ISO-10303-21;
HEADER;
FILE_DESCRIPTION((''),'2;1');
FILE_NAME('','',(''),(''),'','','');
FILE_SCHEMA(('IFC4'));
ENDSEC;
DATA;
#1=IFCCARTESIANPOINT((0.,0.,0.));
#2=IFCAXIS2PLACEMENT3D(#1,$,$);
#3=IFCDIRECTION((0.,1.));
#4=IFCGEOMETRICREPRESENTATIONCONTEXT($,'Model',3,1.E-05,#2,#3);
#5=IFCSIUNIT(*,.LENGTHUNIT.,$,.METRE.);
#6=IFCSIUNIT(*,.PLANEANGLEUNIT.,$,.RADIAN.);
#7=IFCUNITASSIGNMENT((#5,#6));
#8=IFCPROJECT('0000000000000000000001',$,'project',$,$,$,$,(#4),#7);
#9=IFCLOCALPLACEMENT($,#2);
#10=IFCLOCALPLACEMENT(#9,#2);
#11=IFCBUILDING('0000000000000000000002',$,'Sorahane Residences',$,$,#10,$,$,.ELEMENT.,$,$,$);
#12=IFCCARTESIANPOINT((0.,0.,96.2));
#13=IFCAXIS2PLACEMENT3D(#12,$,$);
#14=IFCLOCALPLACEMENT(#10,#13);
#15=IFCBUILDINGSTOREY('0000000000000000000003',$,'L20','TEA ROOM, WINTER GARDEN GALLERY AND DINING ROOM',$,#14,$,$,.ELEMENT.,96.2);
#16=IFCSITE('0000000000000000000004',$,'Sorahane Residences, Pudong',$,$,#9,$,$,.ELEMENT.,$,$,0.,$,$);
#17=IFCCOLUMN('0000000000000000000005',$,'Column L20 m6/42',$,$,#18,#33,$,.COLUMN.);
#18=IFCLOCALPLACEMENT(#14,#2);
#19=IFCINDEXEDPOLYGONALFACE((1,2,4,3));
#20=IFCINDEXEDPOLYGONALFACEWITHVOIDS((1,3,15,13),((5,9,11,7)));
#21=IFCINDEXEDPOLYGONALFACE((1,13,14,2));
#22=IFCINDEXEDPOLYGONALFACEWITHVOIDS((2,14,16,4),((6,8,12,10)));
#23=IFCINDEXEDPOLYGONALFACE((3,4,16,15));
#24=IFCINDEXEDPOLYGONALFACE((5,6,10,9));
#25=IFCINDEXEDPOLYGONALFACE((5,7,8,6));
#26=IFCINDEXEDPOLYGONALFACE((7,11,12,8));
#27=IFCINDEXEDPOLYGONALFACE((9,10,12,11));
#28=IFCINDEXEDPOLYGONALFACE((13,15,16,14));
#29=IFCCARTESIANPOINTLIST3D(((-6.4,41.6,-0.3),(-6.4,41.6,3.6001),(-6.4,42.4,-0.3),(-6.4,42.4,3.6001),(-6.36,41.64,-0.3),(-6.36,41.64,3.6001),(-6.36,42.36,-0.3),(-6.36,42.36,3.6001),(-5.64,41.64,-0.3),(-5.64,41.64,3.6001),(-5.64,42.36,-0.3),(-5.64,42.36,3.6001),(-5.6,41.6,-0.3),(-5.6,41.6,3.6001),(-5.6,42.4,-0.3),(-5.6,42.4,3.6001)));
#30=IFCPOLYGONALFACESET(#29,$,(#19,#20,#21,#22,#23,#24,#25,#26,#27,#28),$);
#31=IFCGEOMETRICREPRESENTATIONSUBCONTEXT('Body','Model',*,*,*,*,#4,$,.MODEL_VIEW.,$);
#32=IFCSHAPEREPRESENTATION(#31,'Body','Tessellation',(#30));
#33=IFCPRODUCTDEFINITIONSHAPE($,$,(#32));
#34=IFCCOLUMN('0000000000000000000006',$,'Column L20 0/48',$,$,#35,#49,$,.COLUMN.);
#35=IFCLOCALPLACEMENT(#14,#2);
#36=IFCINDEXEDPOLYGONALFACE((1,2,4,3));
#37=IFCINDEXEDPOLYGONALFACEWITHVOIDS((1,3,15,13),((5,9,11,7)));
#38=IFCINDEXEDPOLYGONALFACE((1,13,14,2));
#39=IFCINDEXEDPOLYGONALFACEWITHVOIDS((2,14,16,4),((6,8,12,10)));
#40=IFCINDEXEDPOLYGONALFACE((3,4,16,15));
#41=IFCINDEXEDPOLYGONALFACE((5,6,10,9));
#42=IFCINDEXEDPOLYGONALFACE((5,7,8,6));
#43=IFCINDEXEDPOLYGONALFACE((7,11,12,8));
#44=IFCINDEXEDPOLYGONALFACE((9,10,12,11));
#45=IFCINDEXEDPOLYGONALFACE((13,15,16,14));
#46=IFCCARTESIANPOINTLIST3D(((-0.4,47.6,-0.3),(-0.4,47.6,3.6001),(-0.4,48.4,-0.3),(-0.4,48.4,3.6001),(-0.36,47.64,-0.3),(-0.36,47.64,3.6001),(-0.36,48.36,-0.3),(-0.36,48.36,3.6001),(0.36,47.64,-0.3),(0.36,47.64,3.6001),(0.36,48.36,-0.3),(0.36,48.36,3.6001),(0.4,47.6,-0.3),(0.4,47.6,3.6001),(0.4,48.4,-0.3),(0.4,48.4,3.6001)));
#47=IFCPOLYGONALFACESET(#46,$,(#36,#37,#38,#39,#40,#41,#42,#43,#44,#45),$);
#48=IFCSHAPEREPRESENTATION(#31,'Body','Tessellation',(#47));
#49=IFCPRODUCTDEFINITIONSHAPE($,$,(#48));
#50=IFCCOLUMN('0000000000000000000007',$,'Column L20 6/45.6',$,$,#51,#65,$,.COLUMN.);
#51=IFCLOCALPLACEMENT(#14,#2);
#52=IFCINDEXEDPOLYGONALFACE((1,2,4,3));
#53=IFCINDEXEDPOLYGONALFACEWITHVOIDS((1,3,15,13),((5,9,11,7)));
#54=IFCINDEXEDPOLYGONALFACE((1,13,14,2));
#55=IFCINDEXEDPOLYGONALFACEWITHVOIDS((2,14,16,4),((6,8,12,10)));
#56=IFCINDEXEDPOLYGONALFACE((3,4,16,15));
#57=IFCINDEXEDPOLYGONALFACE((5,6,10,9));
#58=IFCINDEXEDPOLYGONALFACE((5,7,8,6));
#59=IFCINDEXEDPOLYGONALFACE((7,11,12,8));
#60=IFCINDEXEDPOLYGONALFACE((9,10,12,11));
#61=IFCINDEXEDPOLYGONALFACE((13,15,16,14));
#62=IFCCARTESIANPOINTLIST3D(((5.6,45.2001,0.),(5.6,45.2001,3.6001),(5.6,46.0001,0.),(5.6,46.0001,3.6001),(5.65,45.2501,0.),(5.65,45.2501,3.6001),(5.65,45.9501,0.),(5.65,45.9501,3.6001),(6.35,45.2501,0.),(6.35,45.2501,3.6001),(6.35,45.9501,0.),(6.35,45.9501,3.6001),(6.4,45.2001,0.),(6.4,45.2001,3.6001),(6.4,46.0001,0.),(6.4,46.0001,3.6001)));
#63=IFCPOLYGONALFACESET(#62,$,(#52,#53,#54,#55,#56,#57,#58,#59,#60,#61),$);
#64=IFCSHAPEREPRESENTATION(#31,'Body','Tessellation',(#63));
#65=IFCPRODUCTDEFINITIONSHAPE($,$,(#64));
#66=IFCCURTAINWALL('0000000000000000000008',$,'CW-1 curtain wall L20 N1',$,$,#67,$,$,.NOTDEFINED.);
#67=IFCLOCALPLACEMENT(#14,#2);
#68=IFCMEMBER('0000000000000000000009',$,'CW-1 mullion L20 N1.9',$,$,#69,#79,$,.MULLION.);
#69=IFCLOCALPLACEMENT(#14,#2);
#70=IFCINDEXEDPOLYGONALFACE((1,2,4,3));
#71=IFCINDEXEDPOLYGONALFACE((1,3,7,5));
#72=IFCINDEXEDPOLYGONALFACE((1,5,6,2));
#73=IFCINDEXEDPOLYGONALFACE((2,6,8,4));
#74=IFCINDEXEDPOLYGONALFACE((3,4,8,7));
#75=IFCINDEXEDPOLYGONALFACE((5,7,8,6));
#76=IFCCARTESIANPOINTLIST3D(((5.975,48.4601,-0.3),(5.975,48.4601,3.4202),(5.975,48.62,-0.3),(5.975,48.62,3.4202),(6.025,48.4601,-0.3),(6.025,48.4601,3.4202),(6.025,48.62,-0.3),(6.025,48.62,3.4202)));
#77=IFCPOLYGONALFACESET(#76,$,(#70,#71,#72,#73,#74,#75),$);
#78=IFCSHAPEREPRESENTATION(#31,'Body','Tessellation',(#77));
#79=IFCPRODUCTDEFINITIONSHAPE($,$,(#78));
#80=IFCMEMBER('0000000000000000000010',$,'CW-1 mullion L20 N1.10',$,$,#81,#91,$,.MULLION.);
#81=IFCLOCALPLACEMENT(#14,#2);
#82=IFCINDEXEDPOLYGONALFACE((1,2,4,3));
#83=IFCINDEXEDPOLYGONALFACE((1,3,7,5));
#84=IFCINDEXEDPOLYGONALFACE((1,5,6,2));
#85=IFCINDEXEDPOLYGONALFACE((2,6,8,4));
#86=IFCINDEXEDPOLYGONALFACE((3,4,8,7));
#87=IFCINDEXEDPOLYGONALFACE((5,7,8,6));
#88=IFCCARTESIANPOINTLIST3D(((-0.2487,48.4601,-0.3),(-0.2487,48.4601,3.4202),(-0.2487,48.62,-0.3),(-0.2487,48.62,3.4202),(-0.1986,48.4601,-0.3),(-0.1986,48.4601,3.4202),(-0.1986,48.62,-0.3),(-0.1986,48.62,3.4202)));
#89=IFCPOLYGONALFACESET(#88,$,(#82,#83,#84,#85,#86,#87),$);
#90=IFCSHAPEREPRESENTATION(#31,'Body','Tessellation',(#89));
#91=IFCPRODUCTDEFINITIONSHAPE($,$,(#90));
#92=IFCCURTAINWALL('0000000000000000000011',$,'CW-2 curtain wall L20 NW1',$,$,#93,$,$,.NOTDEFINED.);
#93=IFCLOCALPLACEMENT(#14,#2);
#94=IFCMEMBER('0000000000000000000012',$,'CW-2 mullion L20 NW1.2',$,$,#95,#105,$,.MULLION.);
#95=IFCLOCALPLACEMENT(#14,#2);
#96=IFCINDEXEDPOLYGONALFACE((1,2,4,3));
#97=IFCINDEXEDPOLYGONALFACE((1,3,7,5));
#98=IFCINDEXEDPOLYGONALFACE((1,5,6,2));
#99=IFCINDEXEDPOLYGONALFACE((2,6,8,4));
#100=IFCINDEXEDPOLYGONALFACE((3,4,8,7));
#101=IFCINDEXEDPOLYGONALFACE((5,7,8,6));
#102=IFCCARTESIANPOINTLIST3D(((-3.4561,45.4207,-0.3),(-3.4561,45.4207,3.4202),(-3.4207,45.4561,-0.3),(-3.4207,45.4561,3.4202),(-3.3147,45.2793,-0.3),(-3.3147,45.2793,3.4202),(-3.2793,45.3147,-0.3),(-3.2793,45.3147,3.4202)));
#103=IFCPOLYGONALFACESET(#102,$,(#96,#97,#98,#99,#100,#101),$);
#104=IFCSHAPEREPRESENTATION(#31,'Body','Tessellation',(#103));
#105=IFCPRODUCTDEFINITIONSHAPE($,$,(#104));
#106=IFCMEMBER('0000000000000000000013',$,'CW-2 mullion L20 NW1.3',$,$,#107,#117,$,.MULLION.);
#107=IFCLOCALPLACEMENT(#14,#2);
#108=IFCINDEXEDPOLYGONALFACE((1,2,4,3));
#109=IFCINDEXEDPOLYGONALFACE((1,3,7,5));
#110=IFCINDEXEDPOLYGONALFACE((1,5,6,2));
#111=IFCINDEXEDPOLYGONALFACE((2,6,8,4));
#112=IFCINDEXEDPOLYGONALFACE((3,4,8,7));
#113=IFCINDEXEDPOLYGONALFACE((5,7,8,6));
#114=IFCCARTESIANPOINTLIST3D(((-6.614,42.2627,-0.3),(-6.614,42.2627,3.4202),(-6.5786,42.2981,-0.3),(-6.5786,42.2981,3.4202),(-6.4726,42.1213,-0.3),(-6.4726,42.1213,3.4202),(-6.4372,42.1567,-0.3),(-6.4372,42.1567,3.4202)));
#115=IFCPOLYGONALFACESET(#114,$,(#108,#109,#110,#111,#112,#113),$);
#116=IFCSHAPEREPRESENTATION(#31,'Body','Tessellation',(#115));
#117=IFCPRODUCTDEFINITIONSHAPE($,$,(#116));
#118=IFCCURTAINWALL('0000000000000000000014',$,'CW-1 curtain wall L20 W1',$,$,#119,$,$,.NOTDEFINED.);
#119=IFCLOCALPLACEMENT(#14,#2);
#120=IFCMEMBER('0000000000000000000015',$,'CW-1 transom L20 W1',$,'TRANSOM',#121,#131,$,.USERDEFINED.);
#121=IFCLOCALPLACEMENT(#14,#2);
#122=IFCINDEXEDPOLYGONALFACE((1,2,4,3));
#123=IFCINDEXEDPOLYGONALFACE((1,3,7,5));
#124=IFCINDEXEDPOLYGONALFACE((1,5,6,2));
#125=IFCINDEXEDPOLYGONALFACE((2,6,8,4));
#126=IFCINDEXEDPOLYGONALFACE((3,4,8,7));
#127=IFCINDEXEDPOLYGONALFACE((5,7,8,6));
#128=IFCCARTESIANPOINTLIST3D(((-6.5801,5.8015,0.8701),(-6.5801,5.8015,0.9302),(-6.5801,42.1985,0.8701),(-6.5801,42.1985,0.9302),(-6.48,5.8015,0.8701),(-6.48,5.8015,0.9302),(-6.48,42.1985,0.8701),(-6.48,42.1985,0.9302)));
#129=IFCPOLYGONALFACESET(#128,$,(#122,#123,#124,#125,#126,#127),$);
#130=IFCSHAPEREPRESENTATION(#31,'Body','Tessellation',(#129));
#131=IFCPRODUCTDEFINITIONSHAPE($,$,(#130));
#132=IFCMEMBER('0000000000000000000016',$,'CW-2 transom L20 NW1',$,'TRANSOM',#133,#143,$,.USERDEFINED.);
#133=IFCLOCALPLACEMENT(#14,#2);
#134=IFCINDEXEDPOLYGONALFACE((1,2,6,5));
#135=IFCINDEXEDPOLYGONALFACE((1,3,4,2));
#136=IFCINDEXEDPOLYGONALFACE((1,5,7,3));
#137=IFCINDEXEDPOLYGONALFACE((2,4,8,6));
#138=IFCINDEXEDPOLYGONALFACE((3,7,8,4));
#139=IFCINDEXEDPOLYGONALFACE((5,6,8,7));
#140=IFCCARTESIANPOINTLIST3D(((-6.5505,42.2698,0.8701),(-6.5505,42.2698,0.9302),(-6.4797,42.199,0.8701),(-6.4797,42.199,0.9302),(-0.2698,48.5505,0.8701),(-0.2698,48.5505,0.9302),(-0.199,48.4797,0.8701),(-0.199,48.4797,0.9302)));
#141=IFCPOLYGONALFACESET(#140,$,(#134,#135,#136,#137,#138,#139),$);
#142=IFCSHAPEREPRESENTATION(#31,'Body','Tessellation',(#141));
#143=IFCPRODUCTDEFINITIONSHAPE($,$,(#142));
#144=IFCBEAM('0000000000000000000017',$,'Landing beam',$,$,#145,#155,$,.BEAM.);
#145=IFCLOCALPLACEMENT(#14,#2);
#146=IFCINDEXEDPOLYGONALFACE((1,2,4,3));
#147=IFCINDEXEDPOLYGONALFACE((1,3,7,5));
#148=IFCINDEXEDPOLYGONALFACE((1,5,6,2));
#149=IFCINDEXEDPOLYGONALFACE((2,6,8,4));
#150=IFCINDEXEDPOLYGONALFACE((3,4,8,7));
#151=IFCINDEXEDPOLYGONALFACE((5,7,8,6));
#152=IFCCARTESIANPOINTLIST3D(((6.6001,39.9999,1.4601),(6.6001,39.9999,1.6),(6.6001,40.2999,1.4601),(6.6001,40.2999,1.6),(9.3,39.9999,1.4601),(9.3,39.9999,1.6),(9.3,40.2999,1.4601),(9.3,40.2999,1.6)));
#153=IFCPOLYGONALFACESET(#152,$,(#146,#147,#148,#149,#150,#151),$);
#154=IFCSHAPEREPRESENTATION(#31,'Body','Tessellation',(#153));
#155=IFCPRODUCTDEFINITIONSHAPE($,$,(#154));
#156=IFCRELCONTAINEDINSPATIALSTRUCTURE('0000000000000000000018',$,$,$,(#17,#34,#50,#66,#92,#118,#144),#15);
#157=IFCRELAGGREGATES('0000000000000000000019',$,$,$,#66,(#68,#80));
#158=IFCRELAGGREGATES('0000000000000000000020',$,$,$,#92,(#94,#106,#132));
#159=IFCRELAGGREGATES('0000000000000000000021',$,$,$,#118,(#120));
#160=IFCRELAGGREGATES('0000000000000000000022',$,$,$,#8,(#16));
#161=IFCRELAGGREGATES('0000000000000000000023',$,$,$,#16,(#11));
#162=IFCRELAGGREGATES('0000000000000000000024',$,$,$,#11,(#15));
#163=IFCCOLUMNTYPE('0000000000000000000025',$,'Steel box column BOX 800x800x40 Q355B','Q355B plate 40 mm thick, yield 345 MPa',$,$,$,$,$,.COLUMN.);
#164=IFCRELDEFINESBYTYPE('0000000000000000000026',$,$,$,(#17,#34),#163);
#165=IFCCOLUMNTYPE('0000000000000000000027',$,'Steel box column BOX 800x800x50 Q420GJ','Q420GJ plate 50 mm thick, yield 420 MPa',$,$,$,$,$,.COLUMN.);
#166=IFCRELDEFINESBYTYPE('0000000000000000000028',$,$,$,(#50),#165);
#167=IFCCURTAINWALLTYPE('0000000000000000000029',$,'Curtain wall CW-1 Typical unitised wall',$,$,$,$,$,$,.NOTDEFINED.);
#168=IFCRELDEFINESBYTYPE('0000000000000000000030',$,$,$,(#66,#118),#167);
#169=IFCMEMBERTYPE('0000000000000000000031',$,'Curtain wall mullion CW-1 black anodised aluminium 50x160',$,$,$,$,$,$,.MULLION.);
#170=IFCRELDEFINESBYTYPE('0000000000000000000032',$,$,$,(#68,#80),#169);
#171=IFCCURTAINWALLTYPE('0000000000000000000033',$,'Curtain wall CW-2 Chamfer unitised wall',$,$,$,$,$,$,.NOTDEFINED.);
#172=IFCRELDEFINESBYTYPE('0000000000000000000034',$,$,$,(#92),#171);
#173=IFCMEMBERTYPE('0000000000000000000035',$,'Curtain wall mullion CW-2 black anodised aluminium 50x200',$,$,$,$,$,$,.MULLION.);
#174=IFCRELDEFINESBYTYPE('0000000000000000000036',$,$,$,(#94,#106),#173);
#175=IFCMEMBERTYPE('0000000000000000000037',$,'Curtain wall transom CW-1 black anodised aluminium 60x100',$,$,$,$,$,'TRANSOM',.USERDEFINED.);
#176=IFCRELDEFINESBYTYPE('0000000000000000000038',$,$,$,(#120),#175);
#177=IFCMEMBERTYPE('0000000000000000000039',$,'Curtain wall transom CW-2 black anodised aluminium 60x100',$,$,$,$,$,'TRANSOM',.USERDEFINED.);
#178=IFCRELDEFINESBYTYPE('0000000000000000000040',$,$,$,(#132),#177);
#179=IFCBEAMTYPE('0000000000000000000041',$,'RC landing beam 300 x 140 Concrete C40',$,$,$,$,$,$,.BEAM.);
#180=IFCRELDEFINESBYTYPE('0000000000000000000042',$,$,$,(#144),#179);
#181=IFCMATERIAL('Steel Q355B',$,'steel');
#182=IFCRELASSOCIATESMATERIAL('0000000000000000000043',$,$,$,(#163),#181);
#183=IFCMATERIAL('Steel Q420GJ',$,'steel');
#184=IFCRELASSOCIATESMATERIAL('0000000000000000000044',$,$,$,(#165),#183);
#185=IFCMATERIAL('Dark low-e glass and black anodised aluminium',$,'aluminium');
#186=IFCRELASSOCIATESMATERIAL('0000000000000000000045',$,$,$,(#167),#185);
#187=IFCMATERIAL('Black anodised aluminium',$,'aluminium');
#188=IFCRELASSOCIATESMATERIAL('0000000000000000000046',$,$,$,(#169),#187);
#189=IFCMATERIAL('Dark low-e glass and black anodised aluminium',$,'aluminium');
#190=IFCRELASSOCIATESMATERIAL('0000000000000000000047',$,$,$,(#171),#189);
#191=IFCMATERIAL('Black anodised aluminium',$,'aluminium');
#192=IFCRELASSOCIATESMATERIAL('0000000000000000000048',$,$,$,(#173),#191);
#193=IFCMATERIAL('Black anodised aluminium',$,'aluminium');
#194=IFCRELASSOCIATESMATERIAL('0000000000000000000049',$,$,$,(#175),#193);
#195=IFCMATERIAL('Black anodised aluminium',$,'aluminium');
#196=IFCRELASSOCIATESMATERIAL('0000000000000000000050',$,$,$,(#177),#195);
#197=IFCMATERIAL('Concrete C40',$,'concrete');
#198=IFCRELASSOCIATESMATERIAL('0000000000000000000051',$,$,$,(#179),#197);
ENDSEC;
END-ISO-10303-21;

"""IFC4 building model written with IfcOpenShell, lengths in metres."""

from ifc_helpers import new_model, si_unit, direction, frame, origin, origin_2d, place, context, subcontext, project, spatial, rectangle, hollow_rectangle, extrude, material, material_profile, profile_set, type_object, element, aggregate, save


model = new_model("IFC4")

# Units and contexts
model_context = context("Model", 3, precision=1e-05, world=origin(), true_north=direction((0.0, 1.0)))
body_context = subcontext(model_context, "Body", "Model", "MODEL_VIEW")
ifc_project = project(units=[si_unit("LENGTHUNIT", "METRE"), si_unit("PLANEANGLEUNIT", "RADIAN")], contexts=[model_context])

# Site, building, storey
site_placement = place(None, origin())
site = spatial("IfcSite", under=ifc_project, at=site_placement, Name="Sorahane Residences, Pudong", CompositionType="ELEMENT", RefElevation=0.0)
building_placement = place(site_placement, origin())
building = spatial("IfcBuilding", under=site, at=building_placement, Name="Sorahane Residences", CompositionType="ELEMENT")
storey_placement = place(building_placement, frame((0.0, 0.0, 96.2)))
storey = spatial("IfcBuildingStorey", under=building, at=storey_placement, Name="L20", Description="TEA ROOM, WINTER GARDEN GALLERY AND DINING ROOM", CompositionType="ELEMENT", Elevation=96.2)

# Columns
ifc_material_1 = material(Name="Steel Q355B", Category="steel")
ifc_material_profile_1 = material_profile(ifc_material_1, hollow_rectangle(XDim=0.8, YDim=0.8, WallThickness=0.04, at=origin_2d()), Name="BOX 800x800x40")
ifc_profile_set_1 = profile_set([ifc_material_profile_1], Name="Steel Q355B")
column_type_1 = type_object("IfcColumnType", Name="Steel box column BOX 800x800x40 Q355B", Description="Q355B plate 40 mm thick, yield 345 MPa", PredefinedType="COLUMN", material=ifc_profile_set_1)
for number, where, z_axis, x_axis, name in (
    (1, (-6.0, 42.0, -0.3), (0.0, 0.0, 1.0), (1.0, 0.0, 0.0), "Column L20 m6/42"),
    (2, (0.0, 48.0, -0.3), (0.0, 0.0, 1.0), (1.0, 0.0, 0.0), "Column L20 0/48"),
):
    element("IfcColumn", number, at=place(storey_placement, frame(where, z_axis=z_axis, x_axis=x_axis)), inside=storey, type_object=column_type_1, Name=name, PredefinedType="COLUMN", context=body_context, shape_type="SweptSolid", body=[
        extrude(hollow_rectangle(XDim=0.8, YDim=0.8, WallThickness=0.04, at=origin_2d()), origin(), (0.0, 0.0, 1.0), 3.9001),
    ])
ifc_material_2 = material(Name="Steel Q420GJ", Category="steel")
ifc_material_profile_2 = material_profile(ifc_material_2, hollow_rectangle(XDim=0.8, YDim=0.8, WallThickness=0.05, at=origin_2d()), Name="BOX 800x800x50")
ifc_profile_set_2 = profile_set([ifc_material_profile_2], Name="Steel Q420GJ")
column_type_2 = type_object("IfcColumnType", Name="Steel box column BOX 800x800x50 Q420GJ", Description="Q420GJ plate 50 mm thick, yield 420 MPa", PredefinedType="COLUMN", material=ifc_profile_set_2)
column_placement = place(storey_placement, frame((6.0, 45.6001, 0.0), z_axis=(0.0, 0.0, 1.0), x_axis=(1.0, 0.0, 0.0)))
element("IfcColumn", 3, at=column_placement, inside=storey, type_object=column_type_2, Name="Column L20 6/45.6", PredefinedType="COLUMN", context=body_context, shape_type="SweptSolid", body=[
    extrude(hollow_rectangle(XDim=0.8, YDim=0.8, WallThickness=0.05, at=origin_2d()), origin(), (0.0, 0.0, 1.0), 3.6001),
])

# Curtain walls, members
ifc_material_3 = material(Name="Dark low-e glass and black anodised aluminium", Category="aluminium")
curtain_wall_type_1 = type_object("IfcCurtainWallType", Name="Curtain wall CW-1 Typical unitised wall", PredefinedType="NOTDEFINED", material=ifc_material_3)
curtain_wall_1_placement = place(storey_placement, origin())
curtain_wall_1 = element("IfcCurtainWall", 4, at=curtain_wall_1_placement, inside=storey, type_object=curtain_wall_type_1, Name="CW-1 curtain wall L20 N1", PredefinedType="NOTDEFINED")
ifc_material_4 = material(Name="Black anodised aluminium", Category="aluminium")
ifc_material_profile_3 = material_profile(ifc_material_4, rectangle(XDim=0.1599, YDim=0.05, at=origin_2d()), Name="Curtain wall mullion CW-1 black anodised aluminium 50x160")
ifc_profile_set_3 = profile_set([ifc_material_profile_3], Name="Black anodised aluminium")
member_type_1 = type_object("IfcMemberType", Name="Curtain wall mullion CW-1 black anodised aluminium 50x160", PredefinedType="MULLION", material=ifc_profile_set_3)
member_1_placement = place(storey_placement, frame((6.0, 48.54, -0.3), z_axis=(0.0, 0.0, 1.0), x_axis=(0.0, 1.0, 0.0)))
member_1 = element("IfcMember", 5, at=member_1_placement, type_object=member_type_1, Name="CW-1 mullion L20 N1.9", PredefinedType="MULLION", context=body_context, shape_type="SweptSolid", body=[
    extrude(rectangle(XDim=0.1599, YDim=0.05, at=origin_2d()), origin(), (0.0, 0.0, 1.0), 3.7202),
])
member_2_placement = place(storey_placement, frame((-0.2236, 48.54, -0.3), z_axis=(0.0, 0.0, 1.0), x_axis=(0.0, 1.0, 0.0)))
member_2 = element("IfcMember", 6, at=member_2_placement, type_object=member_type_1, Name="CW-1 mullion L20 N1.10", PredefinedType="MULLION", context=body_context, shape_type="SweptSolid", body=[
    extrude(rectangle(XDim=0.1599, YDim=0.05, at=origin_2d()), origin(), (0.0, 0.0, 1.0), 3.7202),
])
ifc_material_5 = material(Name="Dark low-e glass and black anodised aluminium", Category="aluminium")
curtain_wall_type_2 = type_object("IfcCurtainWallType", Name="Curtain wall CW-2 Chamfer unitised wall", PredefinedType="NOTDEFINED", material=ifc_material_5)
curtain_wall_2_placement = place(storey_placement, origin())
curtain_wall_2 = element("IfcCurtainWall", 7, at=curtain_wall_2_placement, inside=storey, type_object=curtain_wall_type_2, Name="CW-2 curtain wall L20 NW1", PredefinedType="NOTDEFINED")
ifc_material_6 = material(Name="Black anodised aluminium", Category="aluminium")
ifc_material_profile_4 = material_profile(ifc_material_6, rectangle(XDim=0.2, YDim=0.05, at=origin_2d()), Name="Curtain wall mullion CW-2 black anodised aluminium 50x200")
ifc_profile_set_4 = profile_set([ifc_material_profile_4], Name="Black anodised aluminium")
member_type_2 = type_object("IfcMemberType", Name="Curtain wall mullion CW-2 black anodised aluminium 50x200", PredefinedType="MULLION", material=ifc_profile_set_4)
member_3_placement = place(storey_placement, frame((-3.3677, 45.3677, -0.3), z_axis=(0.0, 0.0, 1.0), x_axis=(-0.707107, 0.707107, 0.0)))
member_3 = element("IfcMember", 8, at=member_3_placement, type_object=member_type_2, Name="CW-2 mullion L20 NW1.2", PredefinedType="MULLION", context=body_context, shape_type="SweptSolid", body=[
    extrude(rectangle(XDim=0.2, YDim=0.05, at=origin_2d()), origin(), (0.0, 0.0, 1.0), 3.7202),
])
member_4_placement = place(storey_placement, frame((-6.5256, 42.2097, -0.3), z_axis=(0.0, 0.0, 1.0), x_axis=(-0.707107, 0.707107, 0.0)))
member_4 = element("IfcMember", 9, at=member_4_placement, type_object=member_type_2, Name="CW-2 mullion L20 NW1.3", PredefinedType="MULLION", context=body_context, shape_type="SweptSolid", body=[
    extrude(rectangle(XDim=0.2, YDim=0.05, at=origin_2d()), origin(), (0.0, 0.0, 1.0), 3.7202),
])

# Curtain wall, member
curtain_wall_3_placement = place(storey_placement, origin())
curtain_wall_3 = element("IfcCurtainWall", 10, at=curtain_wall_3_placement, inside=storey, type_object=curtain_wall_type_1, Name="CW-1 curtain wall L20 W1", PredefinedType="NOTDEFINED")
ifc_material_7 = material(Name="Black anodised aluminium", Category="aluminium")
ifc_material_profile_5 = material_profile(ifc_material_7, rectangle(XDim=0.1001, YDim=0.0601, at=origin_2d()), Name="Curtain wall transom CW-1 black anodised aluminium 60x100")
ifc_profile_set_5 = profile_set([ifc_material_profile_5], Name="Black anodised aluminium")
member_type_3 = type_object("IfcMemberType", Name="Curtain wall transom CW-1 black anodised aluminium 60x100", ElementType="TRANSOM", PredefinedType="USERDEFINED", material=ifc_profile_set_5)
member_5_placement = place(storey_placement, frame((-6.53, 42.1985, 0.9001), z_axis=(0.0, -1.0, 0.0), x_axis=(1.0, 0.0, 0.0)))
member_5 = element("IfcMember", 11, at=member_5_placement, type_object=member_type_3, Name="CW-1 transom L20 W1", ObjectType="TRANSOM", PredefinedType="USERDEFINED", context=body_context, shape_type="SweptSolid", body=[
    extrude(rectangle(XDim=0.1001, YDim=0.0601, at=origin_2d()), origin(), (0.0, 0.0, 1.0), 36.397),
])

# Member
ifc_material_8 = material(Name="Black anodised aluminium", Category="aluminium")
ifc_material_profile_6 = material_profile(ifc_material_8, rectangle(XDim=0.1001, YDim=0.0601, at=origin_2d()), Name="Curtain wall transom CW-2 black anodised aluminium 60x100")
ifc_profile_set_6 = profile_set([ifc_material_profile_6], Name="Black anodised aluminium")
member_type_4 = type_object("IfcMemberType", Name="Curtain wall transom CW-2 black anodised aluminium 60x100", ElementType="TRANSOM", PredefinedType="USERDEFINED", material=ifc_profile_set_6)
member_6_placement = place(storey_placement, frame((-0.2344, 48.5151, 0.9001), z_axis=(-0.707107, -0.707107, 0.0), x_axis=(0.707107, -0.707107, 0.0)))
member_6 = element("IfcMember", 12, at=member_6_placement, type_object=member_type_4, Name="CW-2 transom L20 NW1", ObjectType="TRANSOM", PredefinedType="USERDEFINED", context=body_context, shape_type="SweptSolid", body=[
    extrude(rectangle(XDim=0.1001, YDim=0.0601, at=origin_2d()), origin(), (0.0, 0.0, 1.0), 8.8823),
])

# Beam
ifc_material_9 = material(Name="Concrete C40", Category="concrete")
ifc_material_profile_7 = material_profile(ifc_material_9, rectangle(XDim=0.3, YDim=0.1399, at=origin_2d()), Name="300x140")
ifc_profile_set_7 = profile_set([ifc_material_profile_7], Name="Concrete C40")
beam_type_1 = type_object("IfcBeamType", Name="RC landing beam 300 x 140 Concrete C40", PredefinedType="BEAM", material=ifc_profile_set_7)
beam_1_placement = place(storey_placement, frame((6.6001, 40.1499, 1.53), z_axis=(1.0, 0.0, 0.0), x_axis=(0.0, 1.0, 0.0)))
element("IfcBeam", 13, at=beam_1_placement, inside=storey, type_object=beam_type_1, Name="Landing beam", PredefinedType="BEAM", context=body_context, shape_type="SweptSolid", body=[
    extrude(rectangle(XDim=0.3, YDim=0.1399, at=origin_2d()), origin(), (0.0, 0.0, 1.0), 2.7),
])

aggregate(curtain_wall_1, [member_1, member_2])
aggregate(curtain_wall_2, [member_3, member_4, member_6])
aggregate(curtain_wall_3, [member_5])

save(model, "model.ifc")
